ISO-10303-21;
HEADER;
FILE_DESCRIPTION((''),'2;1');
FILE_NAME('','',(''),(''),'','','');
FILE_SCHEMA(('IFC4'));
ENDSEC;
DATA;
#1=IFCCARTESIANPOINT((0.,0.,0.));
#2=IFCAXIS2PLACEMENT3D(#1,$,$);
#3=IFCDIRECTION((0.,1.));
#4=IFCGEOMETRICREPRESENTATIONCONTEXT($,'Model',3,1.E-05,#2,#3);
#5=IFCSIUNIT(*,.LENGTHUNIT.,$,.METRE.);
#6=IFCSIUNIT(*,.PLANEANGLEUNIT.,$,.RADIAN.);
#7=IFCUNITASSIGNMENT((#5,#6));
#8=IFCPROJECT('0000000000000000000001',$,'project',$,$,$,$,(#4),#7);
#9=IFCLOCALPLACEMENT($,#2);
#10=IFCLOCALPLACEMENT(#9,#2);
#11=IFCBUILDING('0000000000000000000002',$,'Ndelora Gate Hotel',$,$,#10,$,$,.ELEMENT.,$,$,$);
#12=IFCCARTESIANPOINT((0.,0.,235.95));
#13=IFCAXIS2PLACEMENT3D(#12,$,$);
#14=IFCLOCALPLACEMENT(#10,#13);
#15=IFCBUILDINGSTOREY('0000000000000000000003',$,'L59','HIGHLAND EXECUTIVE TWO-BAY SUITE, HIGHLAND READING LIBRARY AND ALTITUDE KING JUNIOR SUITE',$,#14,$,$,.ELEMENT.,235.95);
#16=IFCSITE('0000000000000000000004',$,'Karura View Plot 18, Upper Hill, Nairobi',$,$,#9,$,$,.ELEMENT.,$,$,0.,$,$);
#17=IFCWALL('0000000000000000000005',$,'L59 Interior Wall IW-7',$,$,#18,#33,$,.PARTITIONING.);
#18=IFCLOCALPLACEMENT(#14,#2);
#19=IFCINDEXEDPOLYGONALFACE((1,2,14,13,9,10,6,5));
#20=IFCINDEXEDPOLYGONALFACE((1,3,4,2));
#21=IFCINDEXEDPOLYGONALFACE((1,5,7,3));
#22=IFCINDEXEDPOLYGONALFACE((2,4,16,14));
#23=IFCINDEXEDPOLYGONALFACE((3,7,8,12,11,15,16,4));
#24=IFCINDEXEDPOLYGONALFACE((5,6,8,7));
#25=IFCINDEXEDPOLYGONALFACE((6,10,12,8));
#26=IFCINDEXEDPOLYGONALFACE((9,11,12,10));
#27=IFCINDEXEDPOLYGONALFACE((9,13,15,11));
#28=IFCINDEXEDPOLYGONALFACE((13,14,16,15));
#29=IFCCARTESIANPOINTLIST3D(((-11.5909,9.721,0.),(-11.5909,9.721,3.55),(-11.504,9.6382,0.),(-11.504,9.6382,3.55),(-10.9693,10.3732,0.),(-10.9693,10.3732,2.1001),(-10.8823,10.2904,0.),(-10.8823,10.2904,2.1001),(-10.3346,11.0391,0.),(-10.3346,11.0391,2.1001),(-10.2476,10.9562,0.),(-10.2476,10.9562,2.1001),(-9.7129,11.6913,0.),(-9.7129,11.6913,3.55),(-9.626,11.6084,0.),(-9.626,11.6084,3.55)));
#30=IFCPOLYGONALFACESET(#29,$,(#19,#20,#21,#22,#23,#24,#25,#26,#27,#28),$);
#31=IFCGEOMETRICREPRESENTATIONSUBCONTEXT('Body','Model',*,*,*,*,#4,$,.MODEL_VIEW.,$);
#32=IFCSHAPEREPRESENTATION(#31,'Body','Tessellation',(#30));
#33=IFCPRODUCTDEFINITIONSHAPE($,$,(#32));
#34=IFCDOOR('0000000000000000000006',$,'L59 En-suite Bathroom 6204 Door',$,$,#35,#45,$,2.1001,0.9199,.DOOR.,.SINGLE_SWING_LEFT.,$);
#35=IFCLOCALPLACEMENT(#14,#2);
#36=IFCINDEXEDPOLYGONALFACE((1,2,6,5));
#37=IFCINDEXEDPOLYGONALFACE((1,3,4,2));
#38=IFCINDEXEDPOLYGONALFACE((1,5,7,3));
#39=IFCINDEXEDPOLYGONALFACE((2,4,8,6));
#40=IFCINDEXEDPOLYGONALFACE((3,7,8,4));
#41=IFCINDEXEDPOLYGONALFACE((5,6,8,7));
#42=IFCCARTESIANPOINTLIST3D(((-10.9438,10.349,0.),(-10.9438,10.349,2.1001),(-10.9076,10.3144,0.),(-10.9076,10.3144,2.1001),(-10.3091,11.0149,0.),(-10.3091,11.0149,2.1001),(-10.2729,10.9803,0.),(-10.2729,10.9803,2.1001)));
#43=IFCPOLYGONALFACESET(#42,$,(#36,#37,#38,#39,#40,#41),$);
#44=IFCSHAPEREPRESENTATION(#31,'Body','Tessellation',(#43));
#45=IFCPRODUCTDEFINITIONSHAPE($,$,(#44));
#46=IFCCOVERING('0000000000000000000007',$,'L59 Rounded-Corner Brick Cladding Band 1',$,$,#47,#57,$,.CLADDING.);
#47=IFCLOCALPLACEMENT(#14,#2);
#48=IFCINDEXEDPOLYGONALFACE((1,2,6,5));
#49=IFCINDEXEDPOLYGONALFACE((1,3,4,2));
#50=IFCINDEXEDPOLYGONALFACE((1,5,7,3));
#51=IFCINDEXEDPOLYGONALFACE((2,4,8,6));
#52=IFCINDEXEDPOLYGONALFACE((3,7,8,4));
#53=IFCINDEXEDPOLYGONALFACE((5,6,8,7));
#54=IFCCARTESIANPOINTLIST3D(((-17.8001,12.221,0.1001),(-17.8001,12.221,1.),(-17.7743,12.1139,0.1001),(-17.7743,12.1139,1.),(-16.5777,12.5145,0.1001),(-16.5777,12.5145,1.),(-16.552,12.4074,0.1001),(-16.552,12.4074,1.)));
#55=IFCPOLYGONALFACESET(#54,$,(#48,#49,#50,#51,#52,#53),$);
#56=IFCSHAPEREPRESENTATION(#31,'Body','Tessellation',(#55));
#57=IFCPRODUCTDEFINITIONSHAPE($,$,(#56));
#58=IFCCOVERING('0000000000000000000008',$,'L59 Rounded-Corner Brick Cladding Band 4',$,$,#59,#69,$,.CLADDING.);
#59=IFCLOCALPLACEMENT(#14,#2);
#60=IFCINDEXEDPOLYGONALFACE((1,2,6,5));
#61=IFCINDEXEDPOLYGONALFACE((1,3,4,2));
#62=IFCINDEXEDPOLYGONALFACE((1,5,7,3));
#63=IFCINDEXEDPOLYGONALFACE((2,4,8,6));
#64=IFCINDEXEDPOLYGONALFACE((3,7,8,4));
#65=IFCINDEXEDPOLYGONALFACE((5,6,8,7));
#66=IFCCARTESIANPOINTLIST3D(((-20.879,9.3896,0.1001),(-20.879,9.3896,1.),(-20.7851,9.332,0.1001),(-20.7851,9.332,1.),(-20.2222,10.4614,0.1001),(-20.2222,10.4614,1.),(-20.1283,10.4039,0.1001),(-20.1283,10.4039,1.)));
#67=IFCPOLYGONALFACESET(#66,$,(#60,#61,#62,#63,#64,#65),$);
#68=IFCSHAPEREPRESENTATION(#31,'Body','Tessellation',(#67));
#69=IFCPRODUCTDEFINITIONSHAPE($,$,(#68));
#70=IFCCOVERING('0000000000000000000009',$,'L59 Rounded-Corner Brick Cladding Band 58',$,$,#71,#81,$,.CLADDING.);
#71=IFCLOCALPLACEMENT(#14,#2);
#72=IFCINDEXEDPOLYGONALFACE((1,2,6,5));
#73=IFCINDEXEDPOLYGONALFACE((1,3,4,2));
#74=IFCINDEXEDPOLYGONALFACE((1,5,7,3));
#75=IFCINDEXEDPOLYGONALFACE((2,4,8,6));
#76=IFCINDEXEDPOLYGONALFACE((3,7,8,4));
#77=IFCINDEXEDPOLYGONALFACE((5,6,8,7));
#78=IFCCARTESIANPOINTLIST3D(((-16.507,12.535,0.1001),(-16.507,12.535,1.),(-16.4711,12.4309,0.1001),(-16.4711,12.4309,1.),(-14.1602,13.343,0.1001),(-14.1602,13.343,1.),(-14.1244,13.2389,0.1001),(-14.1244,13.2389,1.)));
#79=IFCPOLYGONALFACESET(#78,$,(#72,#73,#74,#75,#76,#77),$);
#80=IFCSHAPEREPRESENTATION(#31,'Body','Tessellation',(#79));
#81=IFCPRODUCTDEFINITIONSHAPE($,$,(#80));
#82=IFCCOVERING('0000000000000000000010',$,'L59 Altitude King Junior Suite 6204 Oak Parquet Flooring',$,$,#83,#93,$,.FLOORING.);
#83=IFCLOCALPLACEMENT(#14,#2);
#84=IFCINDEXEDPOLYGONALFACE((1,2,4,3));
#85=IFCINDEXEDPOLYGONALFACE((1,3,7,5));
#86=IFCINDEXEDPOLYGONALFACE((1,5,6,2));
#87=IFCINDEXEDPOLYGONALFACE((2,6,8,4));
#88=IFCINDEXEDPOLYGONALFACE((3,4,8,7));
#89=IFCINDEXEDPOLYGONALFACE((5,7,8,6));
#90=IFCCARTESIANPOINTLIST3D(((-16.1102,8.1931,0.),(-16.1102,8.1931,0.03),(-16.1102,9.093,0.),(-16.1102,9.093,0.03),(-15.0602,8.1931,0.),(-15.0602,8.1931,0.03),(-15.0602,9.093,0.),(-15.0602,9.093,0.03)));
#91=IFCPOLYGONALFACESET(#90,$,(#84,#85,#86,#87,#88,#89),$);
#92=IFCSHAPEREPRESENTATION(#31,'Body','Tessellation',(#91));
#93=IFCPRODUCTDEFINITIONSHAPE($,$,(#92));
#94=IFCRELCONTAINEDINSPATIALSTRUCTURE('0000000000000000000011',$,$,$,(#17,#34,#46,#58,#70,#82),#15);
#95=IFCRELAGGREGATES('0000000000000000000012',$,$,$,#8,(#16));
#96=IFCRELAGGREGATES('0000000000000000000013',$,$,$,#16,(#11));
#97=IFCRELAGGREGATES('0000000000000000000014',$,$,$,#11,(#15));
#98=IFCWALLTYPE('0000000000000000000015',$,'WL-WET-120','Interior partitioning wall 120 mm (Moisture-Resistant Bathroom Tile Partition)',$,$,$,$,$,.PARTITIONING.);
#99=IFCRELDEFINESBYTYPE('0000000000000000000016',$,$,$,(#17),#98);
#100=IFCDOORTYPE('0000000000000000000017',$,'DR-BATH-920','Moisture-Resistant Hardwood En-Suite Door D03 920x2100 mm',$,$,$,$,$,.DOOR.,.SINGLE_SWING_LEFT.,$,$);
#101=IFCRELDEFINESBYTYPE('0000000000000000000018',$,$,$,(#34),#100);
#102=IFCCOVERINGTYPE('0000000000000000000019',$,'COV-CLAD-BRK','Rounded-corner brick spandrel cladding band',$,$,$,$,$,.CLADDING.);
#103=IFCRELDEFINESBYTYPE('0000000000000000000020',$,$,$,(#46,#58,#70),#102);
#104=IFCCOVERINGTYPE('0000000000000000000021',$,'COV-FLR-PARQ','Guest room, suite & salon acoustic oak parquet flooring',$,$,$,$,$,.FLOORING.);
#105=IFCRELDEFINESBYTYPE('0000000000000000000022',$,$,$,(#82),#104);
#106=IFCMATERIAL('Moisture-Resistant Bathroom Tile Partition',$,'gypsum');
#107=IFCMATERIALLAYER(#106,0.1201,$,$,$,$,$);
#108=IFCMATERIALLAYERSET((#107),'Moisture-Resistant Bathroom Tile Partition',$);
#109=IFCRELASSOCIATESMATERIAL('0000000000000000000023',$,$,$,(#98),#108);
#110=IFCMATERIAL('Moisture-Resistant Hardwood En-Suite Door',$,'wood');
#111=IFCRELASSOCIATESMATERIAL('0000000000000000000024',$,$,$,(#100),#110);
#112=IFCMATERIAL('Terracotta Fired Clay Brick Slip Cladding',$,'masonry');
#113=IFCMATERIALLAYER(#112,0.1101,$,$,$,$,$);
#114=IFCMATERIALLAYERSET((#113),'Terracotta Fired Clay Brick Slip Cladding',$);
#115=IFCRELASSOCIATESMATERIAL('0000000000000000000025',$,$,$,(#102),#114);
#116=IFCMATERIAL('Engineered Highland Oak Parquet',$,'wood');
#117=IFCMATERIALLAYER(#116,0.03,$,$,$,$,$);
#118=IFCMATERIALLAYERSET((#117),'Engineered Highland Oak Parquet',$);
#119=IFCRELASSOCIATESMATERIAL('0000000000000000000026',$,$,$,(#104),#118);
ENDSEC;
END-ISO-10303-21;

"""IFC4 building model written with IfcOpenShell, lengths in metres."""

from ifc_helpers import new_model, si_unit, direction, frame, frame_2d, origin, origin_2d, place, context, subcontext, project, spatial, rectangle, extrude, material, layer, layer_set, type_object, element, fill, save


model = new_model("IFC4")

# Units and contexts
model_context = context("Model", 3, precision=1e-05, world=origin(), true_north=direction((0.0, 1.0)))
body_context = subcontext(model_context, "Body", "Model", "MODEL_VIEW")
ifc_project = project(units=[si_unit("LENGTHUNIT", "METRE"), si_unit("PLANEANGLEUNIT", "RADIAN")], contexts=[model_context])

# Site, building, storey
site_placement = place(None, origin())
site = spatial("IfcSite", under=ifc_project, at=site_placement, Name="Karura View Plot 18, Upper Hill, Nairobi", CompositionType="ELEMENT", RefElevation=0.0)
building_placement = place(site_placement, origin())
building = spatial("IfcBuilding", under=site, at=building_placement, Name="Ndelora Gate Hotel", CompositionType="ELEMENT")
storey_placement = place(building_placement, frame((0.0, 0.0, 235.95)))
storey = spatial("IfcBuildingStorey", under=building, at=storey_placement, Name="L59", Description="HIGHLAND EXECUTIVE TWO-BAY SUITE, HIGHLAND READING LIBRARY AND ALTITUDE KING JUNIOR SUITE", CompositionType="ELEMENT", Elevation=235.95)

# Shared definitions
ifc_material_1 = material(Name="Moisture-Resistant Bathroom Tile Partition", Category="gypsum")
ifc_layer_1 = layer(ifc_material_1, 0.1201)
ifc_layer_set_1 = layer_set([ifc_layer_1], Name="Moisture-Resistant Bathroom Tile Partition")
wall_type_1 = type_object("IfcWallType", Name="WL-WET-120", Description="Interior partitioning wall 120 mm (Moisture-Resistant Bathroom Tile Partition)", PredefinedType="PARTITIONING", material=ifc_layer_set_1)

# Wall, opening, door
wall_1_placement = place(storey_placement, frame((-11.5474, 9.6797, 0.0), z_axis=(0.0, 0.0, 1.0), x_axis=(0.689951, 0.723856, 0.0)))
wall_1 = element("IfcWall", 1, at=wall_1_placement, inside=storey, type_object=wall_type_1, Name="L59 Interior Wall IW-7", PredefinedType="PARTITIONING", context=body_context, shape_type="SweptSolid", body=[
    extrude(rectangle(XDim=2.7219, YDim=0.1201, at=frame_2d((1.3608, 0.0))), origin(), (0.0, 0.0, 1.0), 3.55),
])
opening_1_placement = place(wall_1_placement, frame((0.9009, 0.0, 0.0)))
opening_1 = element("IfcOpeningElement", 2, at=opening_1_placement, cuts=wall_1, PredefinedType="OPENING", context=body_context, shape_type="SweptSolid", body=[
    extrude(rectangle(XDim=0.9199, YDim=2.1001, at=frame_2d((0.46, 1.05))), frame((0.0, 0.0701, 0.0), z_axis=(0.0, -1.0, 0.0), x_axis=(1.0, 0.0, 0.0)), (0.0, 0.0, 1.0), 0.1401),
])
ifc_material_2 = material(Name="Moisture-Resistant Hardwood En-Suite Door", Category="wood")
door_type = type_object("IfcDoorType", Name="DR-BATH-920", Description="Moisture-Resistant Hardwood En-Suite Door D03 920x2100 mm", OperationType="SINGLE_SWING_LEFT", PredefinedType="DOOR", material=ifc_material_2)
door_placement = place(opening_1_placement, origin())
door = element("IfcDoor", 3, at=door_placement, inside=storey, type_object=door_type, Name="L59 En-suite Bathroom 6204 Door", OperationType="SINGLE_SWING_LEFT", OverallHeight=2.1001, OverallWidth=0.9199, PredefinedType="DOOR", context=body_context, shape_type="SweptSolid", body=[
    extrude(rectangle(XDim=0.9199, YDim=2.1001, at=frame_2d((0.46, 1.05))), frame((0.0, 0.0249, 0.0), z_axis=(0.0, -1.0, 0.0), x_axis=(1.0, 0.0, 0.0)), (0.0, 0.0, 1.0), 0.05),
])
fill(opening_1, door)

# Coverings
ifc_material_3 = material(Name="Terracotta Fired Clay Brick Slip Cladding", Category="masonry")
ifc_layer_2 = layer(ifc_material_3, 0.1101)
ifc_layer_set_2 = layer_set([ifc_layer_2], Name="Terracotta Fired Clay Brick Slip Cladding")
covering_type_1 = type_object("IfcCoveringType", Name="COV-CLAD-BRK", Description="Rounded-corner brick spandrel cladding band", PredefinedType="CLADDING", material=ifc_layer_set_2)
for number, where, z_axis, x_axis, name in (
    (4, (-17.176, 12.3142, 0.1001), (0.0, 0.0, 1.0), (0.97237, 0.233445, 0.0), "L59 Rounded-Corner Brick Cladding Band 1"),
    (5, (-20.5037, 9.8967, 0.1001), (0.0, 0.0, 1.0), (0.522499, 0.85264, 0.0), "L59 Rounded-Corner Brick Cladding Band 4"),
):
    element("IfcCovering", number, at=place(storey_placement, frame(where, z_axis=z_axis, x_axis=x_axis)), inside=storey, type_object=covering_type_1, Name=name, PredefinedType="CLADDING", context=body_context, shape_type="SweptSolid", body=[
        extrude(rectangle(XDim=1.2571, YDim=0.1101, at=origin_2d()), origin(), (0.0, 0.0, 1.0), 0.8999),
    ])
covering_1_placement = place(storey_placement, frame((-15.3157, 12.887, 0.1001), z_axis=(0.0, 0.0, 1.0), x_axis=(0.945519, 0.325568, 0.0)))
element("IfcCovering", 6, at=covering_1_placement, inside=storey, type_object=covering_type_1, Name="L59 Rounded-Corner Brick Cladding Band 58", PredefinedType="CLADDING", context=body_context, shape_type="SweptSolid", body=[
    extrude(rectangle(XDim=2.4819, YDim=0.1101, at=origin_2d()), origin(), (0.0, 0.0, 1.0), 0.8999),
])
ifc_material_4 = material(Name="Engineered Highland Oak Parquet", Category="wood")
ifc_layer_3 = layer(ifc_material_4, 0.03)
ifc_layer_set_3 = layer_set([ifc_layer_3], Name="Engineered Highland Oak Parquet")
covering_type_2 = type_object("IfcCoveringType", Name="COV-FLR-PARQ", Description="Guest room, suite & salon acoustic oak parquet flooring", PredefinedType="FLOORING", material=ifc_layer_set_3)
covering_2_placement = place(storey_placement, frame((-15.5852, 8.6431, 0.0), z_axis=(0.0, 0.0, 1.0), x_axis=(1.0, 0.0, 0.0)))
element("IfcCovering", 7, at=covering_2_placement, inside=storey, type_object=covering_type_2, Name="L59 Altitude King Junior Suite 6204 Oak Parquet Flooring", PredefinedType="FLOORING", context=body_context, shape_type="SweptSolid", body=[
    extrude(rectangle(XDim=1.05, YDim=0.8999, at=origin_2d()), origin(), (0.0, 0.0, 1.0), 0.03),
])

save(model, "model.ifc")
